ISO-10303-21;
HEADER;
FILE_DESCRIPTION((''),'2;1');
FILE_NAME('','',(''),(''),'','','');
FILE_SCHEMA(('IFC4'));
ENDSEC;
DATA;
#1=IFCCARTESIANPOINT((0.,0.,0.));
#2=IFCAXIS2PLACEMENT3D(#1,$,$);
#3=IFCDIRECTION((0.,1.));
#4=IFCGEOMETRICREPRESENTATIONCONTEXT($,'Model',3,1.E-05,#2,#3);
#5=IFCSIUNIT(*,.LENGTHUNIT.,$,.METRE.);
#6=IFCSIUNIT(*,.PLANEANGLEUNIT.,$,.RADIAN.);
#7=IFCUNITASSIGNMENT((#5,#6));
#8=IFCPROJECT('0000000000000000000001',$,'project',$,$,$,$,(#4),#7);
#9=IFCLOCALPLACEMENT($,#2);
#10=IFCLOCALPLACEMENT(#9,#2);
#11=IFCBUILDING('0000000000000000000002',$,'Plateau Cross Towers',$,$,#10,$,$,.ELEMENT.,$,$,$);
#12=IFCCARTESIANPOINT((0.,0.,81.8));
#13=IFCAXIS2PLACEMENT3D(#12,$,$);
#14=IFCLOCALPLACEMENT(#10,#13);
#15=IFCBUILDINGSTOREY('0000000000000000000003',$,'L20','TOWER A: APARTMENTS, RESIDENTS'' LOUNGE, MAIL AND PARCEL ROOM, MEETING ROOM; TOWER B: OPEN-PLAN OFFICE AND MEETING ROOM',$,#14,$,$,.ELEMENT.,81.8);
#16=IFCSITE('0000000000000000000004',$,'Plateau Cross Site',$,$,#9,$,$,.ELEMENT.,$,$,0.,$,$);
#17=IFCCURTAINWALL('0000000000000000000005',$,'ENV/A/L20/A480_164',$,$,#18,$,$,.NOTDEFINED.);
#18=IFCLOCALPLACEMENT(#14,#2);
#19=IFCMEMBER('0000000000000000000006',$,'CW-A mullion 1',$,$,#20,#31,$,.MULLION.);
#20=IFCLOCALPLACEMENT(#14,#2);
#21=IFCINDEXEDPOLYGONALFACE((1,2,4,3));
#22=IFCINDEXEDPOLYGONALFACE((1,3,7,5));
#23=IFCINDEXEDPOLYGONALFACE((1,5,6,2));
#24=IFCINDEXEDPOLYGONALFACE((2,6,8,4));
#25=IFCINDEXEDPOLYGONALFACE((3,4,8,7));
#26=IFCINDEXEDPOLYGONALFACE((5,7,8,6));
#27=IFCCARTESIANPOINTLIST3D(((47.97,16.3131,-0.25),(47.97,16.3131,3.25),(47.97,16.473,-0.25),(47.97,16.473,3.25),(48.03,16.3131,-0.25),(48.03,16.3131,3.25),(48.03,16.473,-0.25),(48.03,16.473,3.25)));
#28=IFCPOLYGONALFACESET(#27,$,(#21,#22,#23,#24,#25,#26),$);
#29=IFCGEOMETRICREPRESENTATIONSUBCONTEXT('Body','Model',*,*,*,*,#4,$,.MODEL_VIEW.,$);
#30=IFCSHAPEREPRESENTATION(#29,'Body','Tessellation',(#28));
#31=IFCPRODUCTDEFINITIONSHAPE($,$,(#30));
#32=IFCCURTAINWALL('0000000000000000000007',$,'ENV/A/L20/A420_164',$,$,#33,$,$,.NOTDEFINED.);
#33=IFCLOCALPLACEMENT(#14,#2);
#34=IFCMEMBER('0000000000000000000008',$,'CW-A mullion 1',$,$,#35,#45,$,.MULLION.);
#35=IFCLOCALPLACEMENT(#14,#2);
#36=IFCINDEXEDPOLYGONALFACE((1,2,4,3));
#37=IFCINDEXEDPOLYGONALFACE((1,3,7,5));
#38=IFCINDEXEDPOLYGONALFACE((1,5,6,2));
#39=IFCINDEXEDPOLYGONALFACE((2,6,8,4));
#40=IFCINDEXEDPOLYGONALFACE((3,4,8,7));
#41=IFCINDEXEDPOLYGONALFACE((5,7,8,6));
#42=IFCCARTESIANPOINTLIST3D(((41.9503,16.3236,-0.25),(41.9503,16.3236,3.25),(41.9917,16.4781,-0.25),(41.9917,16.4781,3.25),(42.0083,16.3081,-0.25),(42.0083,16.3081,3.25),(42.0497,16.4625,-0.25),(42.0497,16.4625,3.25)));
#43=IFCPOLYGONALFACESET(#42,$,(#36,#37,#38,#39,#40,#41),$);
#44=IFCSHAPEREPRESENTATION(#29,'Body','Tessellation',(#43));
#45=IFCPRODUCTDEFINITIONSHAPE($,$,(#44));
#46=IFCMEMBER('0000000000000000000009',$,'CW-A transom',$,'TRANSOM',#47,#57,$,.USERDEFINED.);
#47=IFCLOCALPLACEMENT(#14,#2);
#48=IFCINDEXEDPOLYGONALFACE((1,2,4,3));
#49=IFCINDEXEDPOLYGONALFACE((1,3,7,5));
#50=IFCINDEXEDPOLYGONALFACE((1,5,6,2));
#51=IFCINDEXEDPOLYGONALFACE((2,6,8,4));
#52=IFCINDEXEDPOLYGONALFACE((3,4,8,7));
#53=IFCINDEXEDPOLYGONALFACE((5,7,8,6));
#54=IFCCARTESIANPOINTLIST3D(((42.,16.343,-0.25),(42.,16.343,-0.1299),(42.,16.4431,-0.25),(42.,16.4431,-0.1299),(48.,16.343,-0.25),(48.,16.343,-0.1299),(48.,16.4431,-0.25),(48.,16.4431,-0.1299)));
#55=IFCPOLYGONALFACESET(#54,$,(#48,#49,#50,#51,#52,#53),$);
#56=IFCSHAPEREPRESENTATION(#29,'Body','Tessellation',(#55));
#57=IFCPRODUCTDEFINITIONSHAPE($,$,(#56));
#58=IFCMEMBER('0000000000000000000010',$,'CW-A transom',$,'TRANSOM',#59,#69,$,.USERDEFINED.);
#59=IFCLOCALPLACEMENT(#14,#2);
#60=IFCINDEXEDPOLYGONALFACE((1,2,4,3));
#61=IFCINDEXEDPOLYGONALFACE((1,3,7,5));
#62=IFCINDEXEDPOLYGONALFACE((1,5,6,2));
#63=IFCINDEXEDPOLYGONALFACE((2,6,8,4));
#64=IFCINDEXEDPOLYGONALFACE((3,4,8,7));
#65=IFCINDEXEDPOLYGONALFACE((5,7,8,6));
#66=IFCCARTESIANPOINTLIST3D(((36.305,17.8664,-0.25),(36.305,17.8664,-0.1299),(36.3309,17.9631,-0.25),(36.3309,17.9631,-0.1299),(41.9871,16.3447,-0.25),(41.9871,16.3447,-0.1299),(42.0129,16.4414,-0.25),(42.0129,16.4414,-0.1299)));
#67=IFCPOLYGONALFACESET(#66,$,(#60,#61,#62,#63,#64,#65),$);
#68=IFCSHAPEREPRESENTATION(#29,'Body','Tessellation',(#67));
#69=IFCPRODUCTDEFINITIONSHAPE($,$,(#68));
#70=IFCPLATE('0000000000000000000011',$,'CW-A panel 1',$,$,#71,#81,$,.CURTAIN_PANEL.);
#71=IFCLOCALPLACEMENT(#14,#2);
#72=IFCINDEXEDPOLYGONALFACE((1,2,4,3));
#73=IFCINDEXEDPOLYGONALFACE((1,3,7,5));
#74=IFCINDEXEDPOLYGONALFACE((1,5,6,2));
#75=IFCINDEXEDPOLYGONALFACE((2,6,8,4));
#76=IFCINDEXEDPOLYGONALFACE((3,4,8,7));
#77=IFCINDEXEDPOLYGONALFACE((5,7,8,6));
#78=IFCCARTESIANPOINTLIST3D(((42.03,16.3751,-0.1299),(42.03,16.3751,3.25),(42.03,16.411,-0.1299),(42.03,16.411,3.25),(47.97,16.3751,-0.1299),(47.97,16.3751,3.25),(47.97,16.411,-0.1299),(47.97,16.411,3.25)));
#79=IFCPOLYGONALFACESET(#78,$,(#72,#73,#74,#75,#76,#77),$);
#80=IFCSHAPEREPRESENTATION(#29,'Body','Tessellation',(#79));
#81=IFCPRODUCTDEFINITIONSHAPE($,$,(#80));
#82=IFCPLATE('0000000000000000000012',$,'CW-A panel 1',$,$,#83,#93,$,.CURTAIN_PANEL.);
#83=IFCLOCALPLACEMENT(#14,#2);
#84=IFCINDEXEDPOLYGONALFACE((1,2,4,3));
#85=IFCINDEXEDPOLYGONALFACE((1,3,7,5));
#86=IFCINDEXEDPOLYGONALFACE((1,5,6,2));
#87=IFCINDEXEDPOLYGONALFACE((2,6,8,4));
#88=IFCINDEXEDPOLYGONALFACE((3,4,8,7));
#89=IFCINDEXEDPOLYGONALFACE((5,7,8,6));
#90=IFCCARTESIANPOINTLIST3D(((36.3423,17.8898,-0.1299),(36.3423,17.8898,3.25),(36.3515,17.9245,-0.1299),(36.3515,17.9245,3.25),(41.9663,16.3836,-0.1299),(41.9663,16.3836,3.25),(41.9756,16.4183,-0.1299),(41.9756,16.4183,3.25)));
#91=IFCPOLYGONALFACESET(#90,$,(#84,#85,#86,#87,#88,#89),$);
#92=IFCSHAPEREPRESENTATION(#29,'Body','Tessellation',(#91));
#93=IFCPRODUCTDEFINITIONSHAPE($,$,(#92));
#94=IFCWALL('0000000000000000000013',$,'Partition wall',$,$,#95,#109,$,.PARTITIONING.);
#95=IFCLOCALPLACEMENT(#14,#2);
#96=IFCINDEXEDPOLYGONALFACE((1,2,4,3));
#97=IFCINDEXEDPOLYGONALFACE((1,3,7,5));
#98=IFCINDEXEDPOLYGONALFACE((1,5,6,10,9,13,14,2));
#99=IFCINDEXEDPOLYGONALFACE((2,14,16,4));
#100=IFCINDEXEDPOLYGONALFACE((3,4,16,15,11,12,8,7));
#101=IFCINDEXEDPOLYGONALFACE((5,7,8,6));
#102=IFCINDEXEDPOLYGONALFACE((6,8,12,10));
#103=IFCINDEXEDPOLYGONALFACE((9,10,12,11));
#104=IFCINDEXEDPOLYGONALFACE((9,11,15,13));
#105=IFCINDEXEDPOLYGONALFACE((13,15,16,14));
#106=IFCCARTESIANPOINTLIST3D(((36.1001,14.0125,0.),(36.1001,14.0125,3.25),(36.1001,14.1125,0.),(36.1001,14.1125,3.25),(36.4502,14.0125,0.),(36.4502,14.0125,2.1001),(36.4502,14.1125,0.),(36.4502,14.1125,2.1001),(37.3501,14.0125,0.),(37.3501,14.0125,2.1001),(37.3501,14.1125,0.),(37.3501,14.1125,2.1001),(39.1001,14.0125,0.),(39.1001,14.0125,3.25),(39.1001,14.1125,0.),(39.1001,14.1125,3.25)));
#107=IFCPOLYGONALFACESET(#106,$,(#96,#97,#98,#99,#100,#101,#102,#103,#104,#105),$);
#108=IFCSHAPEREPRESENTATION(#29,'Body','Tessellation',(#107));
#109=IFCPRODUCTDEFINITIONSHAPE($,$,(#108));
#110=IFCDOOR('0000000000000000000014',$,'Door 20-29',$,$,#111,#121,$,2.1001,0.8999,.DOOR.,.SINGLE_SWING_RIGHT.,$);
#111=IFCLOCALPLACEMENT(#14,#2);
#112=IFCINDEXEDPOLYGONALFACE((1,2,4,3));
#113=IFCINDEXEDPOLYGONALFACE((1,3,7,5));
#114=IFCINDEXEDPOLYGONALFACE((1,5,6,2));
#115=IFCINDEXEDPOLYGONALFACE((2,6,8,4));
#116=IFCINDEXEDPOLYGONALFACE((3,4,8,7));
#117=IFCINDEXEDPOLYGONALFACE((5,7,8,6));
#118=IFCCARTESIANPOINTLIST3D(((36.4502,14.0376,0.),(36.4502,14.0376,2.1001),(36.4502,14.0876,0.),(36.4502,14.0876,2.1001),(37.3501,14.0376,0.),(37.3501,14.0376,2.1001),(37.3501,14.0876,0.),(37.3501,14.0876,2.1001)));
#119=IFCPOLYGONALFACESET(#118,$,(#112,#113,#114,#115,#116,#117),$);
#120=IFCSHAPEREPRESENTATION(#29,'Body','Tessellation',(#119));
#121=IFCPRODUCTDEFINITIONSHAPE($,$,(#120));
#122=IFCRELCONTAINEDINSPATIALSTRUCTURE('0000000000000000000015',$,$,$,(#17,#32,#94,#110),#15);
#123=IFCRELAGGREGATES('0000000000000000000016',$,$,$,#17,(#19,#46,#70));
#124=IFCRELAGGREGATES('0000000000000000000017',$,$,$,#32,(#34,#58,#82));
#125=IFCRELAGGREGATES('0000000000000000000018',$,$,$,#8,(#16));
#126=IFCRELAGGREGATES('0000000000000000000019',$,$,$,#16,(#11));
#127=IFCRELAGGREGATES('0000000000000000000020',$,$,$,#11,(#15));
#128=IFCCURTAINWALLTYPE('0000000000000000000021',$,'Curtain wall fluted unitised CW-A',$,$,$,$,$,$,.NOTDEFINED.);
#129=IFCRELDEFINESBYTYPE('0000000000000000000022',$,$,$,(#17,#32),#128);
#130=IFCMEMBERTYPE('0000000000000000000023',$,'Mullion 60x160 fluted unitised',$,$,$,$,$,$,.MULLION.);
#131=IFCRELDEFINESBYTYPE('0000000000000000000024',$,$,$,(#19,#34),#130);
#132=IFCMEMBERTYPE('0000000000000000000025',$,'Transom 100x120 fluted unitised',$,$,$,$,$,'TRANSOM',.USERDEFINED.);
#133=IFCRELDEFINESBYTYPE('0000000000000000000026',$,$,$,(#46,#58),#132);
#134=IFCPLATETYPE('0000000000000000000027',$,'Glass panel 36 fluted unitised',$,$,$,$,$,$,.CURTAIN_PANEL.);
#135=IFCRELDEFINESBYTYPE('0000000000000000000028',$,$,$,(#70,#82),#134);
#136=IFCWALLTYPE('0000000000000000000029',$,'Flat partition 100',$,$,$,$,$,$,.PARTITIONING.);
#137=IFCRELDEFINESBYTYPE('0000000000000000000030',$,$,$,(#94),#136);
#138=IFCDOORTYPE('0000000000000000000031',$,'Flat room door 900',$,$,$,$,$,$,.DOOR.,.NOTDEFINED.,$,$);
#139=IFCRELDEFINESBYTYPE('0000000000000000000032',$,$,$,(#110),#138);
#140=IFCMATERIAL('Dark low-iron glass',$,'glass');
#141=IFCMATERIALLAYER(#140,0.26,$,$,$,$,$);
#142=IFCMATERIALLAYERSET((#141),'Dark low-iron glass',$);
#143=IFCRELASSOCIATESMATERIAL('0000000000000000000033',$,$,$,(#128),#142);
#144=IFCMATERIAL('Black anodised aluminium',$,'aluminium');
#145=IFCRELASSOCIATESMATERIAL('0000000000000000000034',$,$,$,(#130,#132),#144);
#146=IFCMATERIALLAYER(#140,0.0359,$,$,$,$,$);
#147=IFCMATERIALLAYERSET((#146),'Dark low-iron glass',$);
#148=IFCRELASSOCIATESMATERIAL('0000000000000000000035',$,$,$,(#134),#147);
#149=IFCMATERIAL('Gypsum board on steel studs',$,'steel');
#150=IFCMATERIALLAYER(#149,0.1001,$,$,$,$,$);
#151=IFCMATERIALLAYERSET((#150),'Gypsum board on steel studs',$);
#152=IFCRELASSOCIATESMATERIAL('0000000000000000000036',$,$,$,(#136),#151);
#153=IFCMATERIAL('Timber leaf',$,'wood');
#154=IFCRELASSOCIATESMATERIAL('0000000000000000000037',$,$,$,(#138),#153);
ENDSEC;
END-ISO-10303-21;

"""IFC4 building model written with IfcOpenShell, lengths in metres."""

from ifc_helpers import new_model, si_unit, direction, frame, frame_2d, origin, origin_2d, place, context, subcontext, project, spatial, rectangle, extrude, material, layer, layer_set, material_profile, profile_set, type_object, element, fill, aggregate, save


model = new_model("IFC4")

# Units and contexts
model_context = context("Model", 3, precision=1e-05, world=origin(), true_north=direction((0.0, 1.0)))
body_context = subcontext(model_context, "Body", "Model", "MODEL_VIEW")
ifc_project = project(units=[si_unit("LENGTHUNIT", "METRE"), si_unit("PLANEANGLEUNIT", "RADIAN")], contexts=[model_context])

# Site, building, storey
site_placement = place(None, origin())
site = spatial("IfcSite", under=ifc_project, at=site_placement, Name="Plateau Cross Site", CompositionType="ELEMENT", RefElevation=0.0)
building_placement = place(site_placement, origin())
building = spatial("IfcBuilding", under=site, at=building_placement, Name="Plateau Cross Towers", CompositionType="ELEMENT")
storey_placement = place(building_placement, frame((0.0, 0.0, 81.8)))
storey = spatial("IfcBuildingStorey", under=building, at=storey_placement, Name="L20", Description="TOWER A: APARTMENTS, RESIDENTS' LOUNGE, MAIL AND PARCEL ROOM, MEETING ROOM; TOWER B: OPEN-PLAN OFFICE AND MEETING ROOM", CompositionType="ELEMENT", Elevation=81.8)

# Curtain walls, members
ifc_material_1 = material(Name="Dark low-iron glass", Category="glass")
ifc_layer_1 = layer(ifc_material_1, 0.26)
ifc_layer_set_1 = layer_set([ifc_layer_1], Name="Dark low-iron glass")
curtain_wall_type = type_object("IfcCurtainWallType", Name="Curtain wall fluted unitised CW-A", PredefinedType="NOTDEFINED", material=ifc_layer_set_1)
curtain_wall_1_placement = place(storey_placement, origin())
curtain_wall_1 = element("IfcCurtainWall", 1, at=curtain_wall_1_placement, inside=storey, type_object=curtain_wall_type, Name="ENV/A/L20/A480_164", PredefinedType="NOTDEFINED")
ifc_material_2 = material(Name="Black anodised aluminium", Category="aluminium")
ifc_material_profile_1 = material_profile(ifc_material_2, rectangle(XDim=0.0601, YDim=0.1599, at=origin_2d()), Name="MULLION 60x160")
ifc_profile_set_1 = profile_set([ifc_material_profile_1], Name="Black anodised aluminium")
member_type_1 = type_object("IfcMemberType", Name="Mullion 60x160 fluted unitised", PredefinedType="MULLION", material=ifc_profile_set_1)
member_1_placement = place(storey_placement, frame((48.0, 16.3931, -0.25), z_axis=(0.0, 0.0, 1.0), x_axis=(-1.0, 0.0, 0.0)))
member_1 = element("IfcMember", 2, at=member_1_placement, type_object=member_type_1, Name="CW-A mullion 1", PredefinedType="MULLION", context=body_context, shape_type="SweptSolid", body=[
    extrude(rectangle(XDim=0.0601, YDim=0.1599, at=origin_2d()), origin(), (0.0, 0.0, 1.0), 3.5),
])
curtain_wall_2_placement = place(storey_placement, origin())
curtain_wall_2 = element("IfcCurtainWall", 3, at=curtain_wall_2_placement, inside=storey, type_object=curtain_wall_type, Name="ENV/A/L20/A420_164", PredefinedType="NOTDEFINED")
member_2_placement = place(storey_placement, frame((42.0, 16.3931, -0.25), z_axis=(0.0, 0.0, 1.0), x_axis=(-0.965958, 0.258699, 0.0)))
member_2 = element("IfcMember", 4, at=member_2_placement, type_object=member_type_1, Name="CW-A mullion 1", PredefinedType="MULLION", context=body_context, shape_type="SweptSolid", body=[
    extrude(rectangle(XDim=0.0601, YDim=0.1599, at=origin_2d()), origin(), (0.0, 0.0, 1.0), 3.5),
])

# Members
ifc_material_profile_2 = material_profile(ifc_material_2, rectangle(XDim=0.1001, YDim=0.1201, at=origin_2d()), Name="TRANSOM 100x120")
ifc_profile_set_2 = profile_set([ifc_material_profile_2], Name="Black anodised aluminium")
member_type_2 = type_object("IfcMemberType", Name="Transom 100x120 fluted unitised", ElementType="TRANSOM", PredefinedType="USERDEFINED", material=ifc_profile_set_2)
member_3_placement = place(storey_placement, frame((48.0, 16.3931, -0.1899), z_axis=(-1.0, 0.0, 0.0), x_axis=(0.0, -1.0, 0.0)))
member_3 = element("IfcMember", 5, at=member_3_placement, type_object=member_type_2, Name="CW-A transom", ObjectType="TRANSOM", PredefinedType="USERDEFINED", context=body_context, shape_type="SweptSolid", body=[
    extrude(rectangle(XDim=0.1001, YDim=0.1201, at=origin_2d()), origin(), (0.0, 0.0, 1.0), 6.0),
])
member_4_placement = place(storey_placement, frame((42.0, 16.3931, -0.1899), z_axis=(-0.96596, 0.258693, 0.0), x_axis=(-0.258693, -0.96596, 0.0)))
member_4 = element("IfcMember", 6, at=member_4_placement, type_object=member_type_2, Name="CW-A transom", ObjectType="TRANSOM", PredefinedType="USERDEFINED", context=body_context, shape_type="SweptSolid", body=[
    extrude(rectangle(XDim=0.1001, YDim=0.1201, at=origin_2d()), origin(), (0.0, 0.0, 1.0), 5.8823),
])

# Plates
ifc_layer_2 = layer(ifc_material_1, 0.0359)
ifc_layer_set_2 = layer_set([ifc_layer_2], Name="Dark low-iron glass")
plate_type = type_object("IfcPlateType", Name="Glass panel 36 fluted unitised", PredefinedType="CURTAIN_PANEL", material=ifc_layer_set_2)
plate_1_placement = place(storey_placement, frame((45.0, 16.3931, -0.1299), z_axis=(0.0, 0.0, 1.0), x_axis=(-1.0, 0.0, 0.0)))
plate_1 = element("IfcPlate", 7, at=plate_1_placement, type_object=plate_type, Name="CW-A panel 1", PredefinedType="CURTAIN_PANEL", context=body_context, shape_type="SweptSolid", body=[
    extrude(rectangle(XDim=5.9399, YDim=0.0359, at=origin_2d()), origin(), (0.0, 0.0, 1.0), 3.3799),
])
aggregate(curtain_wall_1, [member_1, member_3, plate_1])
plate_2_placement = place(storey_placement, frame((39.1589, 17.1541, -0.1299), z_axis=(0.0, 0.0, 1.0), x_axis=(-0.965958, 0.258699, 0.0)))
plate_2 = element("IfcPlate", 8, at=plate_2_placement, type_object=plate_type, Name="CW-A panel 1", PredefinedType="CURTAIN_PANEL", context=body_context, shape_type="SweptSolid", body=[
    extrude(rectangle(XDim=5.8223, YDim=0.0359, at=origin_2d()), origin(), (0.0, 0.0, 1.0), 3.3799),
])
aggregate(curtain_wall_2, [member_2, member_4, plate_2])

# Wall, opening, door
ifc_material_3 = material(Name="Gypsum board on steel studs", Category="steel")
ifc_layer_3 = layer(ifc_material_3, 0.1001)
ifc_layer_set_3 = layer_set([ifc_layer_3], Name="Gypsum board on steel studs")
wall_type_1 = type_object("IfcWallType", Name="Flat partition 100", PredefinedType="PARTITIONING", material=ifc_layer_set_3)
wall_1_placement = place(storey_placement, frame((39.1001, 14.0625, 0.0), z_axis=(0.0, 0.0, 1.0), x_axis=(-1.0, 0.0, 0.0)))
wall_1 = element("IfcWall", 9, at=wall_1_placement, inside=storey, type_object=wall_type_1, Name="Partition wall", PredefinedType="PARTITIONING", context=body_context, shape_type="SweptSolid", body=[
    extrude(rectangle(XDim=3.0, YDim=0.1001, at=frame_2d((1.5, 0.0))), origin(), (0.0, 0.0, 1.0), 3.25),
])
opening_1_placement = place(wall_1_placement, frame((1.75, 0.0, 0.0)))
opening_1 = element("IfcOpeningElement", 10, at=opening_1_placement, cuts=wall_1, PredefinedType="OPENING", context=body_context, shape_type="SweptSolid", body=[
    extrude(rectangle(XDim=0.8999, YDim=2.1001, at=frame_2d((0.45, 1.05))), frame((0.0, 0.0601, 0.0), z_axis=(0.0, -1.0, 0.0), x_axis=(1.0, 0.0, 0.0)), (0.0, 0.0, 1.0), 0.1201),
])
ifc_material_4 = material(Name="Timber leaf", Category="wood")
door_type = type_object("IfcDoorType", Name="Flat room door 900", OperationType="NOTDEFINED", PredefinedType="DOOR", material=ifc_material_4)
door_1_placement = place(opening_1_placement, origin())
door_1 = element("IfcDoor", 11, at=door_1_placement, inside=storey, type_object=door_type, Name="Door 20-29", OperationType="SINGLE_SWING_RIGHT", OverallHeight=2.1001, OverallWidth=0.8999, PredefinedType="DOOR", context=body_context, shape_type="SweptSolid", body=[
    extrude(rectangle(XDim=0.8999, YDim=2.1001, at=frame_2d((0.45, 1.05))), frame((0.0, 0.0249, 0.0), z_axis=(0.0, -1.0, 0.0), x_axis=(1.0, 0.0, 0.0)), (0.0, 0.0, 1.0), 0.05),
])
fill(opening_1, door_1)

save(model, "model.ifc")
